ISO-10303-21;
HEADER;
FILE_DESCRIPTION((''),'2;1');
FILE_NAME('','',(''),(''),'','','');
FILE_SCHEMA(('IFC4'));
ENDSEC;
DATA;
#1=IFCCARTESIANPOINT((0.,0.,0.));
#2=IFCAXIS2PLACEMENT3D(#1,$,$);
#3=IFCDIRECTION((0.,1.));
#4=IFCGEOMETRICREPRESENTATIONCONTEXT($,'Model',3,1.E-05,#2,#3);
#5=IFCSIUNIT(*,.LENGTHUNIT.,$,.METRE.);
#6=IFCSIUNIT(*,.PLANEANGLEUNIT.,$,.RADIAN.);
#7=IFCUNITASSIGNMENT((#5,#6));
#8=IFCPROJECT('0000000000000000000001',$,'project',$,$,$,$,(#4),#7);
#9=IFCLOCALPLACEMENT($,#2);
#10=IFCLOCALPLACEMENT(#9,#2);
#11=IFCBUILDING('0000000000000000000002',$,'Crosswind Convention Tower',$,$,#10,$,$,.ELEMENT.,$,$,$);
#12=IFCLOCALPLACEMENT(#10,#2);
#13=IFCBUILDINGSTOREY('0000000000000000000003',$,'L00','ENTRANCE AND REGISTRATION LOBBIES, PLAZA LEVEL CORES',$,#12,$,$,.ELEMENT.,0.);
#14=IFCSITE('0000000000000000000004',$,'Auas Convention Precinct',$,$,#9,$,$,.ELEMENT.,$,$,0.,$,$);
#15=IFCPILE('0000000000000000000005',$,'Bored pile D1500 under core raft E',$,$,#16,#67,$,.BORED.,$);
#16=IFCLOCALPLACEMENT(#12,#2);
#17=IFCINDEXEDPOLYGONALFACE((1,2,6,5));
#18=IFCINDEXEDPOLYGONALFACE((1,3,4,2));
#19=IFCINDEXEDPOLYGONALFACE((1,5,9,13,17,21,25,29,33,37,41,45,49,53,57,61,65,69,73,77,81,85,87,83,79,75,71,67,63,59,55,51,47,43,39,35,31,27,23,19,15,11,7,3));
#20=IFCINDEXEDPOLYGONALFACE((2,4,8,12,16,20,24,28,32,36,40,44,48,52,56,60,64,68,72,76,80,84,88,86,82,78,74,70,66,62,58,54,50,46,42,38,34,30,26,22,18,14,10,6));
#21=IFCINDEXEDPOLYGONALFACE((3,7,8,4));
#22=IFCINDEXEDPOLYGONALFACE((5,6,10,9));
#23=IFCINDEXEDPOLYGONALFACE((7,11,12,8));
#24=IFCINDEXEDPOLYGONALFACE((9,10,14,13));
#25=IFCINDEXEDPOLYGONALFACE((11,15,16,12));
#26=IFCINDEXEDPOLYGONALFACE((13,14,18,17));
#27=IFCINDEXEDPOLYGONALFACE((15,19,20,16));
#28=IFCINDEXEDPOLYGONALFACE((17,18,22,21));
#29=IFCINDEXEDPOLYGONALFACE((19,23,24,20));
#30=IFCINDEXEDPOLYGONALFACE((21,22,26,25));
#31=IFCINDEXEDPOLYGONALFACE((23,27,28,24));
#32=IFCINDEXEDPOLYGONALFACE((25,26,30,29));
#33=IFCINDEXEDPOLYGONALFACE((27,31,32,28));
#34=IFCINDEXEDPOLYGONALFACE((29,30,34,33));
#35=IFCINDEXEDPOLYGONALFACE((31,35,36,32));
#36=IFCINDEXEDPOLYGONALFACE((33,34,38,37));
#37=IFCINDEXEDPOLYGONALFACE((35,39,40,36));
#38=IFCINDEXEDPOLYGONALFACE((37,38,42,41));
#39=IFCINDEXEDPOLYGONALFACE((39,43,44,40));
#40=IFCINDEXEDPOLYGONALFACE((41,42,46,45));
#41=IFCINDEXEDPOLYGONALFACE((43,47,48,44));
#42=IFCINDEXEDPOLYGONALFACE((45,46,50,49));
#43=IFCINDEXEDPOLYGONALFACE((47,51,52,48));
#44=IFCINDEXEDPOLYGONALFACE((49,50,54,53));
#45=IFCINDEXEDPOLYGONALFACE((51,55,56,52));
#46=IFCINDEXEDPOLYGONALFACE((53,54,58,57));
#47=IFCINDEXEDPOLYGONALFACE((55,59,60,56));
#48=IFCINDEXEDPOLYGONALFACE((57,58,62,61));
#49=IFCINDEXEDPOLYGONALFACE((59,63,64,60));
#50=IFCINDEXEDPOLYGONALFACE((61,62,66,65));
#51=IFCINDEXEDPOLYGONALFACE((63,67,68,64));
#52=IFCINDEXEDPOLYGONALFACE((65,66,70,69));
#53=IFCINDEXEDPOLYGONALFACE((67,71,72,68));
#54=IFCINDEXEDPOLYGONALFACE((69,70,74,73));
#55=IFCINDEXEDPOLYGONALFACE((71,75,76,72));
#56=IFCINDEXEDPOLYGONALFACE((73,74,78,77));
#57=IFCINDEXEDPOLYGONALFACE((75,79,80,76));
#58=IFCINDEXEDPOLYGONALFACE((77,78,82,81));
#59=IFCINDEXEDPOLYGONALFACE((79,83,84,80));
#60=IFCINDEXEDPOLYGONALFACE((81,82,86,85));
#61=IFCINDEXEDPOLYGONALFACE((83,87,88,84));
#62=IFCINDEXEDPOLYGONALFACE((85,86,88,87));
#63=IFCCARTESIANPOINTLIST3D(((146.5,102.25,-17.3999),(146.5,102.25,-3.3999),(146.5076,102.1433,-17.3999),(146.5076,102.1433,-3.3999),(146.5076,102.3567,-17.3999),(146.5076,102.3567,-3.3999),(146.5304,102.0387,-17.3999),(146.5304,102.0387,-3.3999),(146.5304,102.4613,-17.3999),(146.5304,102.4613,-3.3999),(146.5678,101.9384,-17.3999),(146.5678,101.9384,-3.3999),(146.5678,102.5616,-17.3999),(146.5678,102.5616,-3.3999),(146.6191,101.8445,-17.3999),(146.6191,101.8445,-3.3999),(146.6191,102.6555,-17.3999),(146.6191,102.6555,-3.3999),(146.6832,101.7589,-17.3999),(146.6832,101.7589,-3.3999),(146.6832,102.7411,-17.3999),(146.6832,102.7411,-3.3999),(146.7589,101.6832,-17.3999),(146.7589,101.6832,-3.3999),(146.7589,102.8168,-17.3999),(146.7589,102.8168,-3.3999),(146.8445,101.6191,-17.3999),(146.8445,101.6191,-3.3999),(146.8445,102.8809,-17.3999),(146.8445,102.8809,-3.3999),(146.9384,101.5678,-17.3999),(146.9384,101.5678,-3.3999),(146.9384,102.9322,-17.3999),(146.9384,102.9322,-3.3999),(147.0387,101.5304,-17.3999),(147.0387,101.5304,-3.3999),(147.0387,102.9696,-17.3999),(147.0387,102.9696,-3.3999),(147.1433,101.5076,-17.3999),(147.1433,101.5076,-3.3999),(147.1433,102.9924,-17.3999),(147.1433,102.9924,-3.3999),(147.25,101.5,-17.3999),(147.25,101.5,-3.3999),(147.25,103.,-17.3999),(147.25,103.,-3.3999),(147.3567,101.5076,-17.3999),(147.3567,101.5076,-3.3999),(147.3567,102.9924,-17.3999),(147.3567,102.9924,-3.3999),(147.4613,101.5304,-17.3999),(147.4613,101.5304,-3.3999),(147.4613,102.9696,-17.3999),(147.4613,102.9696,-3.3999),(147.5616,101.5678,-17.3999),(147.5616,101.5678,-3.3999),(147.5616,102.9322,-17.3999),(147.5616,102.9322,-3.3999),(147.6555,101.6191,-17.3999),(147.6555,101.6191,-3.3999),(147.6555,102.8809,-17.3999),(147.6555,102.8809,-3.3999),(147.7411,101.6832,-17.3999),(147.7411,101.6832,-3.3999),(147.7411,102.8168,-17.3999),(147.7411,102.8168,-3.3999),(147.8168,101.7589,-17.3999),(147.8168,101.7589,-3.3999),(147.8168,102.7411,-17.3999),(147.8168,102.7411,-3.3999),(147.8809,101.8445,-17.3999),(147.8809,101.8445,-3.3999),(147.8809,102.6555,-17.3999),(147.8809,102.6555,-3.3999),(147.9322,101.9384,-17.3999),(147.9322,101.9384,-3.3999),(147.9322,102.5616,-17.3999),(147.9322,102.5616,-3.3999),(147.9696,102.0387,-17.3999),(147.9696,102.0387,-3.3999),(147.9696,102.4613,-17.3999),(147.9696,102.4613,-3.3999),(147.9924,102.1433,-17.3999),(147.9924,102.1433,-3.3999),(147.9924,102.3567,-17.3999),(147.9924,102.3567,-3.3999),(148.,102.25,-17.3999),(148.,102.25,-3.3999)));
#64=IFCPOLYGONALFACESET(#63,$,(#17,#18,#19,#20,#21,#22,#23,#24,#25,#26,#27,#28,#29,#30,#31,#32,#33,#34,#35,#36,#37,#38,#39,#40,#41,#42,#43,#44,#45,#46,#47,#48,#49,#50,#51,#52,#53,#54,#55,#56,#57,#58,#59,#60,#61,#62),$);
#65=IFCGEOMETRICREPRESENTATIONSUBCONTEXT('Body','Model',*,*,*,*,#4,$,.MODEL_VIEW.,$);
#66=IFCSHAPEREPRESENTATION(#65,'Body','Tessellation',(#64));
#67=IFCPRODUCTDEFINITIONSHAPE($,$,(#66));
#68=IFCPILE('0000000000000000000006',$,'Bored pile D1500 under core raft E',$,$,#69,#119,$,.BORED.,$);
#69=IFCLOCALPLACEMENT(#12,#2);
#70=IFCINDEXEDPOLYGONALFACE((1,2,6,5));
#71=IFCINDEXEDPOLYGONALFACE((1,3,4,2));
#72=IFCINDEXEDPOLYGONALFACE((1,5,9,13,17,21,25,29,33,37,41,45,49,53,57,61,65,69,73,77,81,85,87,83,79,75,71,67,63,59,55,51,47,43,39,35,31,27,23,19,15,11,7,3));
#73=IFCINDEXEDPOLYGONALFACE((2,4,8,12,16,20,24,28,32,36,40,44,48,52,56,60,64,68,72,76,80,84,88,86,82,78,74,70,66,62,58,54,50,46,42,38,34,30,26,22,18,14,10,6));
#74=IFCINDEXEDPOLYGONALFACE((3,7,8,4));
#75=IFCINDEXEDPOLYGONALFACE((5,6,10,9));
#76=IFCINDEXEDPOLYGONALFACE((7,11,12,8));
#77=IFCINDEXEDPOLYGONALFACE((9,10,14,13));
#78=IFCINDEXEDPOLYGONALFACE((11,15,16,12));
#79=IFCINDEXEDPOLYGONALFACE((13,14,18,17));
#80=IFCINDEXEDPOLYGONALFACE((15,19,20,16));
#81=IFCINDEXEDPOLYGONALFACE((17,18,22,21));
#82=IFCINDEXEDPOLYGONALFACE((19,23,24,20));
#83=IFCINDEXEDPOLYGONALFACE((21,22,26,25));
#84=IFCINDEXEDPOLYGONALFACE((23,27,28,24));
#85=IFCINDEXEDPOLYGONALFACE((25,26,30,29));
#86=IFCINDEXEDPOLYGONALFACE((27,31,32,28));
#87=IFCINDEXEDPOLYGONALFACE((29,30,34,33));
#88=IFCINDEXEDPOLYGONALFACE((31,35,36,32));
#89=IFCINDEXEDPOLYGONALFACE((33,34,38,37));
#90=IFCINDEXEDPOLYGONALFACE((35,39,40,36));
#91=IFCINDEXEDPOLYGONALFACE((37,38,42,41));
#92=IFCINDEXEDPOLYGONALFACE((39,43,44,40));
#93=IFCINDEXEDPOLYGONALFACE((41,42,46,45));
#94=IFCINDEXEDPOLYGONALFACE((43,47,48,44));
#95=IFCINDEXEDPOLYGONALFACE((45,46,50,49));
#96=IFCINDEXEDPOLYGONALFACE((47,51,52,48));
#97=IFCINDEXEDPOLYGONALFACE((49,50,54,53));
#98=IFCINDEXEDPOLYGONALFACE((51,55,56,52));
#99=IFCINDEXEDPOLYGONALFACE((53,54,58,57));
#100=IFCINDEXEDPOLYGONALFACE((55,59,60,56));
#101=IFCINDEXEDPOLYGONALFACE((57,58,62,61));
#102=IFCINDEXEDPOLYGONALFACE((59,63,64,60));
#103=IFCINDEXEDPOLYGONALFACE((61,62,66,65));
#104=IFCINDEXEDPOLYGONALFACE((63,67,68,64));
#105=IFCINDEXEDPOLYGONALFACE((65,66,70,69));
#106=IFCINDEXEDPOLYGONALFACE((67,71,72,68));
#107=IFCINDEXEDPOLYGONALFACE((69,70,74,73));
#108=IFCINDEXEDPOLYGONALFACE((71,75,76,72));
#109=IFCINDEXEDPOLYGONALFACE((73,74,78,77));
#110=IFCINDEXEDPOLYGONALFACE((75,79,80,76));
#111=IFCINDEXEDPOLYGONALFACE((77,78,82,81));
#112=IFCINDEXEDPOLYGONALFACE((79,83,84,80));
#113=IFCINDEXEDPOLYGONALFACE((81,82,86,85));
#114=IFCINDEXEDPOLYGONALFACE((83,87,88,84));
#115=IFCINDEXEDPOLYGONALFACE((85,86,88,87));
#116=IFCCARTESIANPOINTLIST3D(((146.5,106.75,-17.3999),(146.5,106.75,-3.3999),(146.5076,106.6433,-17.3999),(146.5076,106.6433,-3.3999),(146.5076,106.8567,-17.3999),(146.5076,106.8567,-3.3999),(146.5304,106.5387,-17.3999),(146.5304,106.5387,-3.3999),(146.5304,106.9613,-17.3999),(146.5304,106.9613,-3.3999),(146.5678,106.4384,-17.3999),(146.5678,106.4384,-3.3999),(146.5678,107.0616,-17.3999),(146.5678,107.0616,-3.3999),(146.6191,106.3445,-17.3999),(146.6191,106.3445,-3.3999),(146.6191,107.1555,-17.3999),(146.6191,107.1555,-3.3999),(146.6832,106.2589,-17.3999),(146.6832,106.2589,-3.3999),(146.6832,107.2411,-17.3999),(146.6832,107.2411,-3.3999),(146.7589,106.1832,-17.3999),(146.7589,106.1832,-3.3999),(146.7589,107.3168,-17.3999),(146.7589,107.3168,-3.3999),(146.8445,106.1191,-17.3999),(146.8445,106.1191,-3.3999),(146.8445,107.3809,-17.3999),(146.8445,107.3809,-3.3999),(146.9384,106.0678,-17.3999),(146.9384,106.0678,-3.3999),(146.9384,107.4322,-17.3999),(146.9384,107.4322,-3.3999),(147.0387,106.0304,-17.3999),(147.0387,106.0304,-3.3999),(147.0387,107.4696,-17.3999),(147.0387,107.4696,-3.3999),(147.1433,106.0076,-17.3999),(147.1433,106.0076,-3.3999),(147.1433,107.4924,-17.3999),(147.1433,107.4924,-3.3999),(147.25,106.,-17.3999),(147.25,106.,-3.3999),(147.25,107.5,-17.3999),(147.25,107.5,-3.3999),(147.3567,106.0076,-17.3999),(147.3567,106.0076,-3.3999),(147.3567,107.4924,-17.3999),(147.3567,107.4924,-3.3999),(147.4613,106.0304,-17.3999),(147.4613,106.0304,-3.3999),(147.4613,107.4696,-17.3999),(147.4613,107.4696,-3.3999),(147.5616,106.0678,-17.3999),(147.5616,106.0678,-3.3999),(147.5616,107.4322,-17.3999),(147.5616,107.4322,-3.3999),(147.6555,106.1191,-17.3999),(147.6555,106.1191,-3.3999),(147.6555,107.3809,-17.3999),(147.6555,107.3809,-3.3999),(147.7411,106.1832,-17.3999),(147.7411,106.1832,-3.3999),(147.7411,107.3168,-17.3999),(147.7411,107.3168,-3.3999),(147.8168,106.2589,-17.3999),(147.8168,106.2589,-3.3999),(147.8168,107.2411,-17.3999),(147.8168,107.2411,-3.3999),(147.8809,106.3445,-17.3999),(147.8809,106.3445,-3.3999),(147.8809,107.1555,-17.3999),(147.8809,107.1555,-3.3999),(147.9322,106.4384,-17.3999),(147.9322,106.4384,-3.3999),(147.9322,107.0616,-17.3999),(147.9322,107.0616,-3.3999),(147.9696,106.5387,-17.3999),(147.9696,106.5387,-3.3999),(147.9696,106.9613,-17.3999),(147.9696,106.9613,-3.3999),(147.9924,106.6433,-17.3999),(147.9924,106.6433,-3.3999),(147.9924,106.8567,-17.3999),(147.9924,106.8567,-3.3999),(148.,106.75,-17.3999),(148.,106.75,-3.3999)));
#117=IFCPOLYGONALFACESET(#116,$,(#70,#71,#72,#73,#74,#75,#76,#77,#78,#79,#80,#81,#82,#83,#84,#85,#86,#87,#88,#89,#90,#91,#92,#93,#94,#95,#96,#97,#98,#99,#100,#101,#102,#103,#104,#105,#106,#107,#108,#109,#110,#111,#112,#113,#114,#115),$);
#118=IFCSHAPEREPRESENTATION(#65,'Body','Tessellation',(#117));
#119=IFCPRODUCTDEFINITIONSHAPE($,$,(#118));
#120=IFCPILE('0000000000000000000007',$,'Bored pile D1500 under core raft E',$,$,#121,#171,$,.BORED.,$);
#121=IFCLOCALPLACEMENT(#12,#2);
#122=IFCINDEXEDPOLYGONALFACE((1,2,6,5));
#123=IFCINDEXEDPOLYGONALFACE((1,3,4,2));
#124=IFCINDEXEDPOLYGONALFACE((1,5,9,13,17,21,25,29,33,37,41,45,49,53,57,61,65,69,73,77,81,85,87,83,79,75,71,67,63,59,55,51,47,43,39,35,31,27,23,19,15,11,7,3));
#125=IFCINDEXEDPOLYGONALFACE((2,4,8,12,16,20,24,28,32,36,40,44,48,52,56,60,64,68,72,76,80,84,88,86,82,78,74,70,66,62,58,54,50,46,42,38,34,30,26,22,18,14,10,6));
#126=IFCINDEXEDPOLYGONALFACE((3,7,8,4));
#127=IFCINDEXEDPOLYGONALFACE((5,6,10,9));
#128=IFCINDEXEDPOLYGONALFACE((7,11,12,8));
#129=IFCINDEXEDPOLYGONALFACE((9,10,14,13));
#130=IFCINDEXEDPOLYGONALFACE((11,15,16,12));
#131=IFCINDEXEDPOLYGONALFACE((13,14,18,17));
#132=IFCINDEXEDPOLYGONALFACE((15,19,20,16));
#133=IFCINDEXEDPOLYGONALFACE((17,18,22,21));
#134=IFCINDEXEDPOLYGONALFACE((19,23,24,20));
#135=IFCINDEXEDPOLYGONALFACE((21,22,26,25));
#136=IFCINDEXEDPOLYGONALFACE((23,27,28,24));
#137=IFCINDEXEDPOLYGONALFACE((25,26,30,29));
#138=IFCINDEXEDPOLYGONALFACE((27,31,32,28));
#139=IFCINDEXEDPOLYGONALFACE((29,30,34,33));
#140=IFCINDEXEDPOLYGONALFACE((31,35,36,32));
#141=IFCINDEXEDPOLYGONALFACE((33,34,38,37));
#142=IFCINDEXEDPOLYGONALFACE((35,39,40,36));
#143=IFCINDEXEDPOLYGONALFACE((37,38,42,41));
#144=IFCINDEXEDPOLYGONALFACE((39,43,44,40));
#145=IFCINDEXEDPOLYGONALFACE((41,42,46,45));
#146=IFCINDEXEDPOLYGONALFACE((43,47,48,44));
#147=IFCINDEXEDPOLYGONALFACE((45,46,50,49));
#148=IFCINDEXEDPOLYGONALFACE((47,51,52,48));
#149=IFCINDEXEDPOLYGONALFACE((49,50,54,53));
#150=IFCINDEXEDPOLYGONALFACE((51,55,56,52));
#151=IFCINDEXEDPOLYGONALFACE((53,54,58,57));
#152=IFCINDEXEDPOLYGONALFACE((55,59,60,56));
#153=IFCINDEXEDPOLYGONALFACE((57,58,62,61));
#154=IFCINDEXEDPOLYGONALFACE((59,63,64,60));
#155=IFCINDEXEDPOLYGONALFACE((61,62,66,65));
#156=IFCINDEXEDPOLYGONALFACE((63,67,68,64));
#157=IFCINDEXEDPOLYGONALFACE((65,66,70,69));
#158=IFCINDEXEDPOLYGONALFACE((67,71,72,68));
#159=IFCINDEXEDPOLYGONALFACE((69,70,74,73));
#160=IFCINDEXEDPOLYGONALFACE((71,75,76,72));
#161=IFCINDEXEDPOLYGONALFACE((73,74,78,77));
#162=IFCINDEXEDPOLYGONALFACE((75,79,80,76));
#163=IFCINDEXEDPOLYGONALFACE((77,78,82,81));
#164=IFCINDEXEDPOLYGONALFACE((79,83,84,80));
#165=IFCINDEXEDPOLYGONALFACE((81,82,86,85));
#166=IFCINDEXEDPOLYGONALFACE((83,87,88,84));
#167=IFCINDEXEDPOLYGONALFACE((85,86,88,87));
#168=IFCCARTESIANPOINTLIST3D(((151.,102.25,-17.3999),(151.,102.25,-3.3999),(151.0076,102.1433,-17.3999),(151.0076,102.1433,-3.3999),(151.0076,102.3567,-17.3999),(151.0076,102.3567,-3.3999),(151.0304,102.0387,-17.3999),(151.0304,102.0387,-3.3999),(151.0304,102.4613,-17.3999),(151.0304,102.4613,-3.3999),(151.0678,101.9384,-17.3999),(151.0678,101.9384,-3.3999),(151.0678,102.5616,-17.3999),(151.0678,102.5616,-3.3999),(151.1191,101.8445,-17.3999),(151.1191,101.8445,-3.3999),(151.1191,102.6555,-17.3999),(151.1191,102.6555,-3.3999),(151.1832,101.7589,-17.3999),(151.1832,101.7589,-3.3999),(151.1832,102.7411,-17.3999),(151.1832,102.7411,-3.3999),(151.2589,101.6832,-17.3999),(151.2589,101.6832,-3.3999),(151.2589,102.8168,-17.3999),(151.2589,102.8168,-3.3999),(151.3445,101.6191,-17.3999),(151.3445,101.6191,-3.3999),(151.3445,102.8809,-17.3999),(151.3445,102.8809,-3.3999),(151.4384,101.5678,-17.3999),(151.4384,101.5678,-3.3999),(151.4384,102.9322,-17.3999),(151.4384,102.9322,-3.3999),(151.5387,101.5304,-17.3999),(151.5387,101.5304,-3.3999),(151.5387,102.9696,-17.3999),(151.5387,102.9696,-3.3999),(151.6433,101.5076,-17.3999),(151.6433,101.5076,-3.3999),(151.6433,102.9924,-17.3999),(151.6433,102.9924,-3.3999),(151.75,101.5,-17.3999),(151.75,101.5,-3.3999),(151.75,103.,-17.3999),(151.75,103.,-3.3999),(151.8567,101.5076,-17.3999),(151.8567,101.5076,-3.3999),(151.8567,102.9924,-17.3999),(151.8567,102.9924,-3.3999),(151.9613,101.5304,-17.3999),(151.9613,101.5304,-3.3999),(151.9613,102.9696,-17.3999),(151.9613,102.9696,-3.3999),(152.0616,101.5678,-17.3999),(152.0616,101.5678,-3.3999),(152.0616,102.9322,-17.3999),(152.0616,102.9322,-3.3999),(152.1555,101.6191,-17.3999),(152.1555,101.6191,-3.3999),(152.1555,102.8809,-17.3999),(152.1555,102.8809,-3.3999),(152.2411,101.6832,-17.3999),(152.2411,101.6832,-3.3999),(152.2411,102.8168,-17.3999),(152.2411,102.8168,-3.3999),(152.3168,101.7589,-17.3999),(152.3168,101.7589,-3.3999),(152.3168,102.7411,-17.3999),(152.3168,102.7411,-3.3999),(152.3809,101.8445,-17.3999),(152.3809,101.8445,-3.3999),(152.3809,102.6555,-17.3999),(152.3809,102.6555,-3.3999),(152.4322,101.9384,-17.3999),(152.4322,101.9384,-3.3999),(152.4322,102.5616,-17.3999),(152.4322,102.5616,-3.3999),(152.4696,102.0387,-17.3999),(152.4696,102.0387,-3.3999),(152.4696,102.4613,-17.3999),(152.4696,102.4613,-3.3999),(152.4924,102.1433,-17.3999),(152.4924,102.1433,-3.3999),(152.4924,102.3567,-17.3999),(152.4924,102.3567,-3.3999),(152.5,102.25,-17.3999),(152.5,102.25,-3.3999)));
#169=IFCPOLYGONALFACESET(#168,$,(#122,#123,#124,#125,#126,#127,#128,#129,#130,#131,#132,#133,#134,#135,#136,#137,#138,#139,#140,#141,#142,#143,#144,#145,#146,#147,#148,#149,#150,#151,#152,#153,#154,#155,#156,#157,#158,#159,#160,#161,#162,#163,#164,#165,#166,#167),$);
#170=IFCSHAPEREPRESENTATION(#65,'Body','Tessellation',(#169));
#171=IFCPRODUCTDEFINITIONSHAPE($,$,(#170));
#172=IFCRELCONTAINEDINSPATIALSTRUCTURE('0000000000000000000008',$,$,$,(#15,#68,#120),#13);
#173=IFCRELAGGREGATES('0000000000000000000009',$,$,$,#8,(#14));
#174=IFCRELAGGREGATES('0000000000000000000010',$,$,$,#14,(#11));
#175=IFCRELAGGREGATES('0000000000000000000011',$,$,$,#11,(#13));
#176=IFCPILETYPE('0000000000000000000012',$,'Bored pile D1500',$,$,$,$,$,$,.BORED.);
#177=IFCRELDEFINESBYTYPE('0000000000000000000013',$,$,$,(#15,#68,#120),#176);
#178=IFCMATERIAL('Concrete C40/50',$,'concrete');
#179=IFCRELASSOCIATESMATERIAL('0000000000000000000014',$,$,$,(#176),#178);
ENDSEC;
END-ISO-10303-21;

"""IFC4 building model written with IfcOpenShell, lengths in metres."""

from ifc_helpers import new_model, si_unit, direction, frame, origin, origin_2d, place, context, subcontext, project, spatial, circle, extrude, material, material_profile, profile_set, type_object, element, save


model = new_model("IFC4")

# Units and contexts
model_context = context("Model", 3, precision=1e-05, world=origin(), true_north=direction((0.0, 1.0)))
body_context = subcontext(model_context, "Body", "Model", "MODEL_VIEW")
ifc_project = project(units=[si_unit("LENGTHUNIT", "METRE"), si_unit("PLANEANGLEUNIT", "RADIAN")], contexts=[model_context])

# Site, building, storey
site_placement = place(None, origin())
site = spatial("IfcSite", under=ifc_project, at=site_placement, Name="Auas Convention Precinct", CompositionType="ELEMENT", RefElevation=0.0)
building_placement = place(site_placement, origin())
building = spatial("IfcBuilding", under=site, at=building_placement, Name="Crosswind Convention Tower", CompositionType="ELEMENT")
storey_placement = place(building_placement, origin())
storey = spatial("IfcBuildingStorey", under=building, at=storey_placement, Name="L00", Description="ENTRANCE AND REGISTRATION LOBBIES, PLAZA LEVEL CORES", CompositionType="ELEMENT", Elevation=0.0)

# Piles
ifc_material_1 = material(Name="Concrete C40/50", Category="concrete")
ifc_material_profile = material_profile(ifc_material_1, circle(Radius=0.75, at=origin_2d()), Name="Bored pile D1500")
ifc_profile_set = profile_set([ifc_material_profile], Name="Concrete C40/50")
pile_type = type_object("IfcPileType", Name="Bored pile D1500", PredefinedType="BORED", material=ifc_profile_set)
for number, where, z_axis, x_axis, name in (
    (1, (147.25, 102.25, -3.3999), (0.0, 0.0, -1.0), (1.0, 0.0, 0.0), "Bored pile D1500 under core raft E"),
    (2, (147.25, 106.75, -3.3999), (0.0, 0.0, -1.0), (1.0, 0.0, 0.0), "Bored pile D1500 under core raft E"),
    (3, (151.75, 102.25, -3.3999), (0.0, 0.0, -1.0), (1.0, 0.0, 0.0), "Bored pile D1500 under core raft E"),
):
    element("IfcPile", number, at=place(storey_placement, frame(where, z_axis=z_axis, x_axis=x_axis)), inside=storey, type_object=pile_type, Name=name, PredefinedType="BORED", context=body_context, shape_type="SweptSolid", body=[
        extrude(circle(Radius=0.75, at=origin_2d()), origin(), (0.0, 0.0, 1.0), 14.0),
    ])

save(model, "model.ifc")
